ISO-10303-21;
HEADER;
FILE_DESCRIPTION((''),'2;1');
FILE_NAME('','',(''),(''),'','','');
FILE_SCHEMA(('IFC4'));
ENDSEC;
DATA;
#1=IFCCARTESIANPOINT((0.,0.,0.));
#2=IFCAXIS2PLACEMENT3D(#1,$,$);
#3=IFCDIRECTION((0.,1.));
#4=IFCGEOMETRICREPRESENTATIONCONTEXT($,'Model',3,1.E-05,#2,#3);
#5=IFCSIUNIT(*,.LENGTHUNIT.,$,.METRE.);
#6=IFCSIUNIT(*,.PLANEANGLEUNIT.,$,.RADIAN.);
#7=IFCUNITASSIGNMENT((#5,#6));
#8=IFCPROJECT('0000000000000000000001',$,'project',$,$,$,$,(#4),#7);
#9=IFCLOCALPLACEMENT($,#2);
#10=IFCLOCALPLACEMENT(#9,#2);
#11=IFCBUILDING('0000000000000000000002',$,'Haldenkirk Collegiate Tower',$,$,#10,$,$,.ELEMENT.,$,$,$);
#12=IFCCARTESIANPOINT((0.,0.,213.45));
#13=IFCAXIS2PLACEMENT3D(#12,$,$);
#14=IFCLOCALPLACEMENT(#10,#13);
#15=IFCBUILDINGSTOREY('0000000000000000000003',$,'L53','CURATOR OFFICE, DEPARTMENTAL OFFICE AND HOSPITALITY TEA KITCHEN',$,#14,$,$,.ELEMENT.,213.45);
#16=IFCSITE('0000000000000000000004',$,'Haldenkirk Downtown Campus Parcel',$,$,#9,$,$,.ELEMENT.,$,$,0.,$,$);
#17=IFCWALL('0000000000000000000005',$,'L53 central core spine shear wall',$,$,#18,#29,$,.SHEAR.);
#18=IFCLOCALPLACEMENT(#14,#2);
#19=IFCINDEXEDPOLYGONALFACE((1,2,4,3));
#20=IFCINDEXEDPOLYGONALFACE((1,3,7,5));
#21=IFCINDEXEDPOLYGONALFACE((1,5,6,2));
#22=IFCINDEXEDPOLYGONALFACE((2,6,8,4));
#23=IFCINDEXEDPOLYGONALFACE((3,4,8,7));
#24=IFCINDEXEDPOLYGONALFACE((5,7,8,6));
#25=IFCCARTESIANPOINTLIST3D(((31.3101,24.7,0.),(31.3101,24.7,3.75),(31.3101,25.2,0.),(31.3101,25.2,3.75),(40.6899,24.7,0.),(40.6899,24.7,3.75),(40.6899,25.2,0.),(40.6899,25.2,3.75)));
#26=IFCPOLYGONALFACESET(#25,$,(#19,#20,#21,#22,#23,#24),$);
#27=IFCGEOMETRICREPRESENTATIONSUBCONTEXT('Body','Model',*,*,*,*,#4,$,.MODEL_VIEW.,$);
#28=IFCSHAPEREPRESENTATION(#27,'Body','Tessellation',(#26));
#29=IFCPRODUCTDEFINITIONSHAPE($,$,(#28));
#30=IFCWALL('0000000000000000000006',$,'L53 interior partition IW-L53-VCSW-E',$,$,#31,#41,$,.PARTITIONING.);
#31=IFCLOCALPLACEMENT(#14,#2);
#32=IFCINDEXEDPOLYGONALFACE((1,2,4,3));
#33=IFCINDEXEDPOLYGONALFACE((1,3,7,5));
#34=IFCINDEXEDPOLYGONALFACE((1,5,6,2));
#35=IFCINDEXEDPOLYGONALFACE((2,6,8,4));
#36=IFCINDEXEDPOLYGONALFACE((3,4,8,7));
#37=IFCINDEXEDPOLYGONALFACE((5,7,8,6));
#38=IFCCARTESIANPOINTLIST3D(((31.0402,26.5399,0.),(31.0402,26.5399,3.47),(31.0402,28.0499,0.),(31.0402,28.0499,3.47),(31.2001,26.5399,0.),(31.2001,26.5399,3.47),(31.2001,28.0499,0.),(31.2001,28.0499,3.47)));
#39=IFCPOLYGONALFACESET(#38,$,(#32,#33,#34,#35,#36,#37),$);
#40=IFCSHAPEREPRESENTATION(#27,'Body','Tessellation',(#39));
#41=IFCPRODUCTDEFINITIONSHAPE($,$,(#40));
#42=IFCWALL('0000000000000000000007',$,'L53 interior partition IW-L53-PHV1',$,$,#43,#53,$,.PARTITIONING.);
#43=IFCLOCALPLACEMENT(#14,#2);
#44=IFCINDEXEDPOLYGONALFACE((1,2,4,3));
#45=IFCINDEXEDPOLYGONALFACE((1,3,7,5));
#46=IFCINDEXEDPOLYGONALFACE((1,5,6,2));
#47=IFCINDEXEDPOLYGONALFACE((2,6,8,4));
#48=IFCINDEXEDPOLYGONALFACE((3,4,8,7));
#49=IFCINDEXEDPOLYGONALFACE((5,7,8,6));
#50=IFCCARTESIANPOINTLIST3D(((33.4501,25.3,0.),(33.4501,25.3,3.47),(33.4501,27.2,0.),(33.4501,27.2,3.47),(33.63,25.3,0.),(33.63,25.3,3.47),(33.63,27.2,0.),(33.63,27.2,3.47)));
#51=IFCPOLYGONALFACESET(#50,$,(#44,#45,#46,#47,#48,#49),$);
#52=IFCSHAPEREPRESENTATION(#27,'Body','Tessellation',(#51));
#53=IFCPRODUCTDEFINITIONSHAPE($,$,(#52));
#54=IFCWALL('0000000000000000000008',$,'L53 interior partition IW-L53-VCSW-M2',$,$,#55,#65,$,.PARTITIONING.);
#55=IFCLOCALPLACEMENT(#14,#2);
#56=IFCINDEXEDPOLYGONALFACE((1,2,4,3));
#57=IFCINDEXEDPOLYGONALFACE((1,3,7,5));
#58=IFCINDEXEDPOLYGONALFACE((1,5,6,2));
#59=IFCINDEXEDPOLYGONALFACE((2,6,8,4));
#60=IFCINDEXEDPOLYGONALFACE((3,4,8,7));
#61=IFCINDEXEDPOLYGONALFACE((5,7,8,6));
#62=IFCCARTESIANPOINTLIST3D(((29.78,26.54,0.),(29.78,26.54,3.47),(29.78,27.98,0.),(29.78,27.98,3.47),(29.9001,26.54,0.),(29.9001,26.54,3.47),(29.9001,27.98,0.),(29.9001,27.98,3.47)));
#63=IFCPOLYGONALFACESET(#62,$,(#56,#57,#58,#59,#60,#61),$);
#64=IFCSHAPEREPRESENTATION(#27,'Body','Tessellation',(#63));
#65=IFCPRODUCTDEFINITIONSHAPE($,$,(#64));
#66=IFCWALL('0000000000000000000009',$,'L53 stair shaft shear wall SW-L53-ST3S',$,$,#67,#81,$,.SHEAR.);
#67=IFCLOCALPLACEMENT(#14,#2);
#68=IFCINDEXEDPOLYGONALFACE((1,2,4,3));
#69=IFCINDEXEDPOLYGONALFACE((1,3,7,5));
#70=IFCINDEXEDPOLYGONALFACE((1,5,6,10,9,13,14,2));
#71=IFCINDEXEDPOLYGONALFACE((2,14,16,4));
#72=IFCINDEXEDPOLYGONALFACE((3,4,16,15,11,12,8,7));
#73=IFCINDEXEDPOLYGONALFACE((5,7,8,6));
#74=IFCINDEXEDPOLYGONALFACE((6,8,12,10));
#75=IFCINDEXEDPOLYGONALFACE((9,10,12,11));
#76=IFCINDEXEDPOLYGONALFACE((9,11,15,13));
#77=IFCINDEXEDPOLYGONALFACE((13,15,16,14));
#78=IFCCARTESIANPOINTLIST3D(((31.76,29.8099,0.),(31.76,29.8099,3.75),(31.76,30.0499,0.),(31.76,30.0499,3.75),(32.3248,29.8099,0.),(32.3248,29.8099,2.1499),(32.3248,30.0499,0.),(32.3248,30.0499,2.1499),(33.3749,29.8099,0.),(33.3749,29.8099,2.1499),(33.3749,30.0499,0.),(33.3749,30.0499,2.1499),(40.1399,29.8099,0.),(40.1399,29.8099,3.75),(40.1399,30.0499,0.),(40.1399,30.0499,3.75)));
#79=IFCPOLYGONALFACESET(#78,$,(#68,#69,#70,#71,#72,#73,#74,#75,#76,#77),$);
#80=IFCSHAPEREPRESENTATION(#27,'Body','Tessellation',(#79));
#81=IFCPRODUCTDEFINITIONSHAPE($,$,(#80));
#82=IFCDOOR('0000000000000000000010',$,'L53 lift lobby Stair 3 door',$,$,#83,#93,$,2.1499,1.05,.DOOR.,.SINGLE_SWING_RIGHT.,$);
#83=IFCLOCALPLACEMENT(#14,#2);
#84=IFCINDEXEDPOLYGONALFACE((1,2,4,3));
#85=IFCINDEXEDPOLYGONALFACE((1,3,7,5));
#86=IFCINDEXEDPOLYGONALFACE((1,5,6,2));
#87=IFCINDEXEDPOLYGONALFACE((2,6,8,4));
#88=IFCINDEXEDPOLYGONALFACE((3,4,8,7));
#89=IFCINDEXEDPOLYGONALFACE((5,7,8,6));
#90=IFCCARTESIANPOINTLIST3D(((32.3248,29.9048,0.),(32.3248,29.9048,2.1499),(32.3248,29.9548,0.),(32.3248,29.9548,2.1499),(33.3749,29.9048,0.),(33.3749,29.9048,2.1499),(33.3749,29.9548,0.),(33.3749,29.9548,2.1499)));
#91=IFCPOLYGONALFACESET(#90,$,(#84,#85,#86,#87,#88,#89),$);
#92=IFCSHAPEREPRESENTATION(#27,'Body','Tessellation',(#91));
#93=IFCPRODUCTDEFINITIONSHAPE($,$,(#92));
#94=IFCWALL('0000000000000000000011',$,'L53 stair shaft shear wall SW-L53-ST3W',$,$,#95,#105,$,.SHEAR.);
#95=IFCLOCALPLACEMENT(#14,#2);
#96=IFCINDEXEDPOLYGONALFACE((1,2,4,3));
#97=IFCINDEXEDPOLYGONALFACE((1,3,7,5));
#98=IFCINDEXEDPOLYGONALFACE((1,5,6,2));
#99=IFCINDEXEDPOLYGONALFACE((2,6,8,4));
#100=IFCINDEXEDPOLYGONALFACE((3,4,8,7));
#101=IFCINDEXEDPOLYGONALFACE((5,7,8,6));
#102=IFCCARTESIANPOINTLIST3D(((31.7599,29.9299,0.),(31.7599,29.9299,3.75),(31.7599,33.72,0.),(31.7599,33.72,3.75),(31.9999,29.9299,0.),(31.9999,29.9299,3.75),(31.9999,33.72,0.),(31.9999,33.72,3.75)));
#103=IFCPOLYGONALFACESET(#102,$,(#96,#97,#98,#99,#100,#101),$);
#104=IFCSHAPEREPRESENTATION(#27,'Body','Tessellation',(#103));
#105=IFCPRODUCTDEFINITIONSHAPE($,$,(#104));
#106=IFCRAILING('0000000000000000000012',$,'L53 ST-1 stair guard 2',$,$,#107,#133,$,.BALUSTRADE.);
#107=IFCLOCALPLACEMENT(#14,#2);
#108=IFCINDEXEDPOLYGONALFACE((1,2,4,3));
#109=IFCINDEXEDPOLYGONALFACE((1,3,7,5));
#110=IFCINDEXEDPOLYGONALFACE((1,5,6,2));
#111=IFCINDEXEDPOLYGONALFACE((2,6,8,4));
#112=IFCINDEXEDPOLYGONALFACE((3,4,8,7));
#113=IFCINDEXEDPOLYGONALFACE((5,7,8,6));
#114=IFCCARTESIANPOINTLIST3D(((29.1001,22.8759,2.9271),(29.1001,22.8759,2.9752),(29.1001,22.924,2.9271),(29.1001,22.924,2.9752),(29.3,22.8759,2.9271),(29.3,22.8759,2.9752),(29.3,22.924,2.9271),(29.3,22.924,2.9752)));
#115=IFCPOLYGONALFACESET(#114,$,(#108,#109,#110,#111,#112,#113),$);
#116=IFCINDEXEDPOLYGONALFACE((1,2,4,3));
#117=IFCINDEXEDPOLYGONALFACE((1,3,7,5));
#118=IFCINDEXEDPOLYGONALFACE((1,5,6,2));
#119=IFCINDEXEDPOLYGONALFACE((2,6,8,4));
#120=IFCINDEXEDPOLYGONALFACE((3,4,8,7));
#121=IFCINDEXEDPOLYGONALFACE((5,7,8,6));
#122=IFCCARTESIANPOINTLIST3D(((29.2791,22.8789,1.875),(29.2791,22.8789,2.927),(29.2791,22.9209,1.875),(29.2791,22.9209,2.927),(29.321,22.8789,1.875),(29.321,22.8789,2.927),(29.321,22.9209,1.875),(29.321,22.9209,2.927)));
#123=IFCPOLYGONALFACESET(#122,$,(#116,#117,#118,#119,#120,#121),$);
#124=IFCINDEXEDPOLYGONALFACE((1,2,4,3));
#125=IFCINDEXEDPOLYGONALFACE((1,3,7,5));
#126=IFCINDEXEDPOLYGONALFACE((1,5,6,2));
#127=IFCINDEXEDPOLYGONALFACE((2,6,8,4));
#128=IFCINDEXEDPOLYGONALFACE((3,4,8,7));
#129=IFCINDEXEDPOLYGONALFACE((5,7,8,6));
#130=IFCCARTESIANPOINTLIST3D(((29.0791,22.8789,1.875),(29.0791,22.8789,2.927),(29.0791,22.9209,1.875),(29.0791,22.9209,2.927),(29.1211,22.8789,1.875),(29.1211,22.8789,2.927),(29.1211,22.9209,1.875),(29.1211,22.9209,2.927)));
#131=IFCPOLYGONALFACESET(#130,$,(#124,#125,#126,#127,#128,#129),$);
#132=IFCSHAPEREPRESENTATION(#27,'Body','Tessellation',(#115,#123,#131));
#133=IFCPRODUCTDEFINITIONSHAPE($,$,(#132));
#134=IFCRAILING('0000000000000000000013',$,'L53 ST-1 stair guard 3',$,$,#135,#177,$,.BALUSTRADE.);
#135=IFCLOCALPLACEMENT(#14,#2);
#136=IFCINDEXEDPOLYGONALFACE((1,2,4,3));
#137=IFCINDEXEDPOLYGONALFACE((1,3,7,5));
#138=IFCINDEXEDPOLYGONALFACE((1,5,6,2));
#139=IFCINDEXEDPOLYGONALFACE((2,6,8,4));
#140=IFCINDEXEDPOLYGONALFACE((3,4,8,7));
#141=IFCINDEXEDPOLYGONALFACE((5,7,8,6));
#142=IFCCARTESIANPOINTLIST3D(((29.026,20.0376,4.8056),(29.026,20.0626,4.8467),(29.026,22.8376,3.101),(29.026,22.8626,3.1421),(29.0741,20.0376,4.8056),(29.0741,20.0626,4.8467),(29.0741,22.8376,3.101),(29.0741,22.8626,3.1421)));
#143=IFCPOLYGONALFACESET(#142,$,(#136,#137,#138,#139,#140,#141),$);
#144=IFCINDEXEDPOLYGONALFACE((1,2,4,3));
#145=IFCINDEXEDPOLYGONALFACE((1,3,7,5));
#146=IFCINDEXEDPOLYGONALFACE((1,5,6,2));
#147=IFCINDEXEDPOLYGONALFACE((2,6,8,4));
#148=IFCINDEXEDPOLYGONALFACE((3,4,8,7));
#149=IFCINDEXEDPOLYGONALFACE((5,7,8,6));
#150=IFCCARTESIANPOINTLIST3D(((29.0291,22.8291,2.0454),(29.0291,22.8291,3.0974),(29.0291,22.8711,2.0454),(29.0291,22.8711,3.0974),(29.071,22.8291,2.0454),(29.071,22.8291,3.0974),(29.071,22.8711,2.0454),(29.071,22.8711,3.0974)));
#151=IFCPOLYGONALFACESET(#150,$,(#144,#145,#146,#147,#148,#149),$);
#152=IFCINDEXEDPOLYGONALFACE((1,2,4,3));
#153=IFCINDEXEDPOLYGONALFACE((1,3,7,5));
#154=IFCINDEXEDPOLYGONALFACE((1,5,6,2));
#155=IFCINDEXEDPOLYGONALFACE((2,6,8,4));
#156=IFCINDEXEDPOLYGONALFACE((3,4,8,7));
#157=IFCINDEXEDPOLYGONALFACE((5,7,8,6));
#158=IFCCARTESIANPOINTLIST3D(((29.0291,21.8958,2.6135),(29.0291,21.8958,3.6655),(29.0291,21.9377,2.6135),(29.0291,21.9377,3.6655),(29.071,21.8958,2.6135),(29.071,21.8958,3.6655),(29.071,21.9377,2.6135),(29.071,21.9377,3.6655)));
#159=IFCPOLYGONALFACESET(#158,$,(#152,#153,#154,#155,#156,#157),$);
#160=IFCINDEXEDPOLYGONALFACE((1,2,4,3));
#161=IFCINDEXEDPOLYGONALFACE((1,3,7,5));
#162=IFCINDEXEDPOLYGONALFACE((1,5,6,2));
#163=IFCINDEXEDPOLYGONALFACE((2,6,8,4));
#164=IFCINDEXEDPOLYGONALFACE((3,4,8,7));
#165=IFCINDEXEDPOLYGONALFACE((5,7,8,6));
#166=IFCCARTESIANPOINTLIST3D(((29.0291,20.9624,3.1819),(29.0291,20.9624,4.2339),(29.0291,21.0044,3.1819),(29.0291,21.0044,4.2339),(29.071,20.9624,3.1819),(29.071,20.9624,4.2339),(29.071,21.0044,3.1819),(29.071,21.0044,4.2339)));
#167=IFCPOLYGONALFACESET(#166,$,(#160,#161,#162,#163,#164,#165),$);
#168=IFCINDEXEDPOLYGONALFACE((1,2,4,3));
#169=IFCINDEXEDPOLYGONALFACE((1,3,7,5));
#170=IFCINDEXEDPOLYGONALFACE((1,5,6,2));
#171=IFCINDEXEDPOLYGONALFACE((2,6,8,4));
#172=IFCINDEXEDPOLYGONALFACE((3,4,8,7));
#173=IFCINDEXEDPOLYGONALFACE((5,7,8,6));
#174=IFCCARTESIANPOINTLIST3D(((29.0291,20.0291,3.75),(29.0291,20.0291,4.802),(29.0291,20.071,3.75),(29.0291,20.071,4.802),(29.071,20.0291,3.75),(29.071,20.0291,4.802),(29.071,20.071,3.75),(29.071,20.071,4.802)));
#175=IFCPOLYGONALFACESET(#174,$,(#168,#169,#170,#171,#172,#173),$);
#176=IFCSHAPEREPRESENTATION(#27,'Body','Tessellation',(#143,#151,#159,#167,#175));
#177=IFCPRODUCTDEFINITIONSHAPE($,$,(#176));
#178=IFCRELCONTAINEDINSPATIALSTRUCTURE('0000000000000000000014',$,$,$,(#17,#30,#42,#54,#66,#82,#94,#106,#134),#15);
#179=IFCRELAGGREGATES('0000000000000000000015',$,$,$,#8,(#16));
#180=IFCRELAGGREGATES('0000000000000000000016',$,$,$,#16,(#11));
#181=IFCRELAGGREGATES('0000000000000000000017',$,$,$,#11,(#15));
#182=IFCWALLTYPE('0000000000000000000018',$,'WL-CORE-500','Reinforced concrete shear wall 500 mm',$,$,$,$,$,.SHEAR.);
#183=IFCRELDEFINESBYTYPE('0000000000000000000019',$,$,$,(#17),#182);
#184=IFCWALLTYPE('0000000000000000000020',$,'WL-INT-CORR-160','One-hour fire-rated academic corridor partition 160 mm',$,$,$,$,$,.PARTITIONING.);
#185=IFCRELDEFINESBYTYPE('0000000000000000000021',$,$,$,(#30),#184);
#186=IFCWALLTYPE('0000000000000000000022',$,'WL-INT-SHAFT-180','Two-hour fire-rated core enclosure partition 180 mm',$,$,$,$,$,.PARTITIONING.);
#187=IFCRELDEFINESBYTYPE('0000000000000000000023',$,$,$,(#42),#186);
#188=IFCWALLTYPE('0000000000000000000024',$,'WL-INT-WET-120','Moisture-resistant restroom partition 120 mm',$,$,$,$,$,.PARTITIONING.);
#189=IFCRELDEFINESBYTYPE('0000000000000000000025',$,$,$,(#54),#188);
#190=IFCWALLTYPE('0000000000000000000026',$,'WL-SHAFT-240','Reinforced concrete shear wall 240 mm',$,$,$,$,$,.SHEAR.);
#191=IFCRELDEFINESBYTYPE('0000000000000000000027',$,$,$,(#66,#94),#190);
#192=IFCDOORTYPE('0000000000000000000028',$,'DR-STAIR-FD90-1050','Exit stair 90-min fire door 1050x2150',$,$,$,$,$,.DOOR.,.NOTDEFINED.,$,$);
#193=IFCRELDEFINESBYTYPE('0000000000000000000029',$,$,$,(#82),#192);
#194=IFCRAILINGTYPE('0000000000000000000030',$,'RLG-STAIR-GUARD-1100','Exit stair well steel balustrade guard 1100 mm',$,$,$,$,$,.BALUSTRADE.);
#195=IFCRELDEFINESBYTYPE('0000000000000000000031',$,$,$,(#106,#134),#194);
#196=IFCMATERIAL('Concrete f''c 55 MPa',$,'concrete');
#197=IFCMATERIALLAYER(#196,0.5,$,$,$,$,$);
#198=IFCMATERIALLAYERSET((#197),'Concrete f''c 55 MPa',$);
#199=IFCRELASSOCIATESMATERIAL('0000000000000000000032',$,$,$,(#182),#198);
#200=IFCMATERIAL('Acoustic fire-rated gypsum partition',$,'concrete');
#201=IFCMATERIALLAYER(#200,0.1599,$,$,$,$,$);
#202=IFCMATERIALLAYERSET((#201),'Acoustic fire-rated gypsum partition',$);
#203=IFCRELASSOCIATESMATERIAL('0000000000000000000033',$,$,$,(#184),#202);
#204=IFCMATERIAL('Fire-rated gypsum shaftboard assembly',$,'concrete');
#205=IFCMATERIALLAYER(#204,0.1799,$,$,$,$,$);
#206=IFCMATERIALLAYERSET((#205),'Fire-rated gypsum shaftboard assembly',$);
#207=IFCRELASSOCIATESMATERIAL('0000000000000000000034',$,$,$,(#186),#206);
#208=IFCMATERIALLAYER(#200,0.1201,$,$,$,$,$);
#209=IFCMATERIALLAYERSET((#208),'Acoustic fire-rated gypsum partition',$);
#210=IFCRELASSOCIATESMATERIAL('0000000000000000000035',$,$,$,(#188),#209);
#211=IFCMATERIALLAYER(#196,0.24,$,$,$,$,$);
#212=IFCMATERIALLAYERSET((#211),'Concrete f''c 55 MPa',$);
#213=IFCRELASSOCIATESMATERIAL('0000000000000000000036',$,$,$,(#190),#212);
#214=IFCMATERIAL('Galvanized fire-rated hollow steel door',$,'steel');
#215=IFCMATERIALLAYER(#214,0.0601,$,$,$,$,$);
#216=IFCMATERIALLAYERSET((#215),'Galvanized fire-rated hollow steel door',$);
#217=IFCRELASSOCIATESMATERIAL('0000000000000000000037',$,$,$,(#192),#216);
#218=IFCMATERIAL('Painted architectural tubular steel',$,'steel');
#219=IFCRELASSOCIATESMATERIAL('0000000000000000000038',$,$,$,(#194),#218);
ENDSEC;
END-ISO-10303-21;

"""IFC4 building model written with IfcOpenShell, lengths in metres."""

from ifc_helpers import new_model, si_unit, direction, frame, frame_2d, origin, origin_2d, place, context, subcontext, project, spatial, rectangle, extrude, material, layer, layer_set, type_object, element, fill, save


model = new_model("IFC4")

# Units and contexts
model_context = context("Model", 3, precision=1e-05, world=origin(), true_north=direction((0.0, 1.0)))
body_context = subcontext(model_context, "Body", "Model", "MODEL_VIEW")
ifc_project = project(units=[si_unit("LENGTHUNIT", "METRE"), si_unit("PLANEANGLEUNIT", "RADIAN")], contexts=[model_context])

# Site, building, storey
site_placement = place(None, origin())
site = spatial("IfcSite", under=ifc_project, at=site_placement, Name="Haldenkirk Downtown Campus Parcel", CompositionType="ELEMENT", RefElevation=0.0)
building_placement = place(site_placement, origin())
building = spatial("IfcBuilding", under=site, at=building_placement, Name="Haldenkirk Collegiate Tower", CompositionType="ELEMENT")
storey_placement = place(building_placement, frame((0.0, 0.0, 213.45)))
storey = spatial("IfcBuildingStorey", under=building, at=storey_placement, Name="L53", Description="CURATOR OFFICE, DEPARTMENTAL OFFICE AND HOSPITALITY TEA KITCHEN", CompositionType="ELEMENT", Elevation=213.45)

# Walls
ifc_material_1 = material(Name="Concrete f'c 55 MPa", Category="concrete")
ifc_layer_1 = layer(ifc_material_1, 0.5)
ifc_layer_set_1 = layer_set([ifc_layer_1], Name="Concrete f'c 55 MPa")
wall_type_1 = type_object("IfcWallType", Name="WL-CORE-500", Description="Reinforced concrete shear wall 500 mm", PredefinedType="SHEAR", material=ifc_layer_set_1)
wall_1_placement = place(storey_placement, frame((31.3101, 24.95, 0.0), z_axis=(0.0, 0.0, 1.0), x_axis=(1.0, 0.0, 0.0)))
element("IfcWall", 1, at=wall_1_placement, inside=storey, type_object=wall_type_1, Name="L53 central core spine shear wall", PredefinedType="SHEAR", context=body_context, shape_type="SweptSolid", body=[
    extrude(rectangle(XDim=9.3799, YDim=0.5, at=frame_2d((4.6899, 0.0))), origin(), (0.0, 0.0, 1.0), 3.75),
])
ifc_material_2 = material(Name="Acoustic fire-rated gypsum partition", Category="concrete")
ifc_layer_2 = layer(ifc_material_2, 0.1599)
ifc_layer_set_2 = layer_set([ifc_layer_2], Name="Acoustic fire-rated gypsum partition")
wall_type_2 = type_object("IfcWallType", Name="WL-INT-CORR-160", Description="One-hour fire-rated academic corridor partition 160 mm", PredefinedType="PARTITIONING", material=ifc_layer_set_2)
wall_2_placement = place(storey_placement, frame((31.1201, 26.54, 0.0), z_axis=(0.0, 0.0, 1.0), x_axis=(0.0, 1.0, 0.0)))
element("IfcWall", 2, at=wall_2_placement, inside=storey, type_object=wall_type_2, Name="L53 interior partition IW-L53-VCSW-E", PredefinedType="PARTITIONING", context=body_context, shape_type="SweptSolid", body=[
    extrude(rectangle(XDim=1.51, YDim=0.1599, at=frame_2d((0.7549, 0.0))), origin(), (0.0, 0.0, 1.0), 3.47),
])

# Shared definitions
ifc_material_3 = material(Name="Fire-rated gypsum shaftboard assembly", Category="concrete")
ifc_layer_3 = layer(ifc_material_3, 0.1799)
ifc_layer_set_3 = layer_set([ifc_layer_3], Name="Fire-rated gypsum shaftboard assembly")
wall_type_3 = type_object("IfcWallType", Name="WL-INT-SHAFT-180", Description="Two-hour fire-rated core enclosure partition 180 mm", PredefinedType="PARTITIONING", material=ifc_layer_set_3)

# Walls
wall_3_placement = place(storey_placement, frame((33.54, 25.3, 0.0), z_axis=(0.0, 0.0, 1.0), x_axis=(0.0, 1.0, 0.0)))
element("IfcWall", 3, at=wall_3_placement, inside=storey, type_object=wall_type_3, Name="L53 interior partition IW-L53-PHV1", PredefinedType="PARTITIONING", context=body_context, shape_type="SweptSolid", body=[
    extrude(rectangle(XDim=1.8999, YDim=0.1799, at=frame_2d((0.95, 0.0))), origin(), (0.0, 0.0, 1.0), 3.47),
])
ifc_layer_4 = layer(ifc_material_2, 0.1201)
ifc_layer_set_4 = layer_set([ifc_layer_4], Name="Acoustic fire-rated gypsum partition")
wall_type_4 = type_object("IfcWallType", Name="WL-INT-WET-120", Description="Moisture-resistant restroom partition 120 mm", PredefinedType="PARTITIONING", material=ifc_layer_set_4)
wall_4_placement = place(storey_placement, frame((29.8401, 26.54, 0.0), z_axis=(0.0, 0.0, 1.0), x_axis=(0.0, 1.0, 0.0)))
element("IfcWall", 4, at=wall_4_placement, inside=storey, type_object=wall_type_4, Name="L53 interior partition IW-L53-VCSW-M2", PredefinedType="PARTITIONING", context=body_context, shape_type="SweptSolid", body=[
    extrude(rectangle(XDim=1.4399, YDim=0.1201, at=frame_2d((0.72, 0.0))), origin(), (0.0, 0.0, 1.0), 3.47),
])

# Wall, opening, door
ifc_layer_5 = layer(ifc_material_1, 0.24)
ifc_layer_set_5 = layer_set([ifc_layer_5], Name="Concrete f'c 55 MPa")
wall_type_5 = type_object("IfcWallType", Name="WL-SHAFT-240", Description="Reinforced concrete shear wall 240 mm", PredefinedType="SHEAR", material=ifc_layer_set_5)
wall_5_placement = place(storey_placement, frame((31.76, 29.9299, 0.0), z_axis=(0.0, 0.0, 1.0), x_axis=(1.0, 0.0, 0.0)))
wall_5 = element("IfcWall", 5, at=wall_5_placement, inside=storey, type_object=wall_type_5, Name="L53 stair shaft shear wall SW-L53-ST3S", PredefinedType="SHEAR", context=body_context, shape_type="SweptSolid", body=[
    extrude(rectangle(XDim=8.3799, YDim=0.24, at=frame_2d((4.1899, 0.0))), origin(), (0.0, 0.0, 1.0), 3.75),
])
opening_1_placement = place(wall_5_placement, frame((0.5649, 0.0, 0.0)))
opening_1 = element("IfcOpeningElement", 6, at=opening_1_placement, cuts=wall_5, PredefinedType="OPENING", context=body_context, shape_type="SweptSolid", body=[
    extrude(rectangle(XDim=1.05, YDim=2.1499, at=frame_2d((0.5249, 1.075))), frame((0.0, 0.1299, 0.0), z_axis=(0.0, -1.0, 0.0), x_axis=(1.0, 0.0, 0.0)), (0.0, 0.0, 1.0), 0.26),
])
ifc_material_4 = material(Name="Galvanized fire-rated hollow steel door", Category="steel")
ifc_layer_6 = layer(ifc_material_4, 0.0601)
ifc_layer_set_6 = layer_set([ifc_layer_6], Name="Galvanized fire-rated hollow steel door")
door_type_1 = type_object("IfcDoorType", Name="DR-STAIR-FD90-1050", Description="Exit stair 90-min fire door 1050x2150", OperationType="NOTDEFINED", PredefinedType="DOOR", material=ifc_layer_set_6)
door_1_placement = place(opening_1_placement, origin())
door_1 = element("IfcDoor", 7, at=door_1_placement, inside=storey, type_object=door_type_1, Name="L53 lift lobby Stair 3 door", OperationType="SINGLE_SWING_RIGHT", OverallHeight=2.1499, OverallWidth=1.05, PredefinedType="DOOR", context=body_context, shape_type="SweptSolid", body=[
    extrude(rectangle(XDim=1.05, YDim=2.1499, at=frame_2d((0.5249, 1.075))), frame((0.0, 0.0249, 0.0), z_axis=(0.0, -1.0, 0.0), x_axis=(1.0, 0.0, 0.0)), (0.0, 0.0, 1.0), 0.05),
])
fill(opening_1, door_1)

# Wall
wall_6_placement = place(storey_placement, frame((31.8799, 29.9299, 0.0), z_axis=(0.0, 0.0, 1.0), x_axis=(0.0, 1.0, 0.0)))
element("IfcWall", 8, at=wall_6_placement, inside=storey, type_object=wall_type_5, Name="L53 stair shaft shear wall SW-L53-ST3W", PredefinedType="SHEAR", context=body_context, shape_type="SweptSolid", body=[
    extrude(rectangle(XDim=3.79, YDim=0.24, at=frame_2d((1.895, 0.0))), origin(), (0.0, 0.0, 1.0), 3.75),
])

# Railings
ifc_material_5 = material(Name="Painted architectural tubular steel", Category="steel")
railing_type = type_object("IfcRailingType", Name="RLG-STAIR-GUARD-1100", Description="Exit stair well steel balustrade guard 1100 mm", PredefinedType="BALUSTRADE", material=ifc_material_5)
railing_1_placement = place(storey_placement, frame((29.3, 22.8999, 1.875)))
element("IfcRailing", 9, at=railing_1_placement, inside=storey, type_object=railing_type, Name="L53 ST-1 stair guard 2", PredefinedType="BALUSTRADE", context=body_context, shape_type="SweptSolid", body=[
    extrude(rectangle(XDim=0.0481, YDim=0.0481, at=origin_2d()), frame((0.0, 0.0, 1.0762), z_axis=(-1.0, 0.0, 0.0), x_axis=(0.0, -1.0, 0.0)), (0.0, 0.0, 1.0), 0.2),
    extrude(rectangle(XDim=0.042, YDim=0.042, at=origin_2d()), origin(), (0.0, 0.0, 1.0), 1.052),
    extrude(rectangle(XDim=0.042, YDim=0.042, at=origin_2d()), frame((-0.2, 0.0, 0.0)), (0.0, 0.0, 1.0), 1.052),
])
railing_2_placement = place(storey_placement, frame((29.05, 22.8501, 2.0454)))
element("IfcRailing", 10, at=railing_2_placement, inside=storey, type_object=railing_type, Name="L53 ST-1 stair guard 3", PredefinedType="BALUSTRADE", context=body_context, shape_type="SweptSolid", body=[
    extrude(rectangle(XDim=0.0481, YDim=0.0481, at=origin_2d()), frame((0.0, 0.0, 1.0762), z_axis=(0.0, -0.85417, 0.519994), x_axis=(1.0, 0.0, 0.0)), (0.0, 0.0, 1.0), 3.2781),
    extrude(rectangle(XDim=0.042, YDim=0.042, at=origin_2d()), origin(), (0.0, 0.0, 1.0), 1.052),
    extrude(rectangle(XDim=0.042, YDim=0.042, at=origin_2d()), frame((0.0, -0.9333, 0.5681)), (0.0, 0.0, 1.0), 1.052),
    extrude(rectangle(XDim=0.042, YDim=0.042, at=origin_2d()), frame((0.0, -1.8667, 1.1365)), (0.0, 0.0, 1.0), 1.052),
    extrude(rectangle(XDim=0.042, YDim=0.042, at=origin_2d()), frame((0.0, -2.8, 1.7046)), (0.0, 0.0, 1.0), 1.052),
])

save(model, "model.ifc")
